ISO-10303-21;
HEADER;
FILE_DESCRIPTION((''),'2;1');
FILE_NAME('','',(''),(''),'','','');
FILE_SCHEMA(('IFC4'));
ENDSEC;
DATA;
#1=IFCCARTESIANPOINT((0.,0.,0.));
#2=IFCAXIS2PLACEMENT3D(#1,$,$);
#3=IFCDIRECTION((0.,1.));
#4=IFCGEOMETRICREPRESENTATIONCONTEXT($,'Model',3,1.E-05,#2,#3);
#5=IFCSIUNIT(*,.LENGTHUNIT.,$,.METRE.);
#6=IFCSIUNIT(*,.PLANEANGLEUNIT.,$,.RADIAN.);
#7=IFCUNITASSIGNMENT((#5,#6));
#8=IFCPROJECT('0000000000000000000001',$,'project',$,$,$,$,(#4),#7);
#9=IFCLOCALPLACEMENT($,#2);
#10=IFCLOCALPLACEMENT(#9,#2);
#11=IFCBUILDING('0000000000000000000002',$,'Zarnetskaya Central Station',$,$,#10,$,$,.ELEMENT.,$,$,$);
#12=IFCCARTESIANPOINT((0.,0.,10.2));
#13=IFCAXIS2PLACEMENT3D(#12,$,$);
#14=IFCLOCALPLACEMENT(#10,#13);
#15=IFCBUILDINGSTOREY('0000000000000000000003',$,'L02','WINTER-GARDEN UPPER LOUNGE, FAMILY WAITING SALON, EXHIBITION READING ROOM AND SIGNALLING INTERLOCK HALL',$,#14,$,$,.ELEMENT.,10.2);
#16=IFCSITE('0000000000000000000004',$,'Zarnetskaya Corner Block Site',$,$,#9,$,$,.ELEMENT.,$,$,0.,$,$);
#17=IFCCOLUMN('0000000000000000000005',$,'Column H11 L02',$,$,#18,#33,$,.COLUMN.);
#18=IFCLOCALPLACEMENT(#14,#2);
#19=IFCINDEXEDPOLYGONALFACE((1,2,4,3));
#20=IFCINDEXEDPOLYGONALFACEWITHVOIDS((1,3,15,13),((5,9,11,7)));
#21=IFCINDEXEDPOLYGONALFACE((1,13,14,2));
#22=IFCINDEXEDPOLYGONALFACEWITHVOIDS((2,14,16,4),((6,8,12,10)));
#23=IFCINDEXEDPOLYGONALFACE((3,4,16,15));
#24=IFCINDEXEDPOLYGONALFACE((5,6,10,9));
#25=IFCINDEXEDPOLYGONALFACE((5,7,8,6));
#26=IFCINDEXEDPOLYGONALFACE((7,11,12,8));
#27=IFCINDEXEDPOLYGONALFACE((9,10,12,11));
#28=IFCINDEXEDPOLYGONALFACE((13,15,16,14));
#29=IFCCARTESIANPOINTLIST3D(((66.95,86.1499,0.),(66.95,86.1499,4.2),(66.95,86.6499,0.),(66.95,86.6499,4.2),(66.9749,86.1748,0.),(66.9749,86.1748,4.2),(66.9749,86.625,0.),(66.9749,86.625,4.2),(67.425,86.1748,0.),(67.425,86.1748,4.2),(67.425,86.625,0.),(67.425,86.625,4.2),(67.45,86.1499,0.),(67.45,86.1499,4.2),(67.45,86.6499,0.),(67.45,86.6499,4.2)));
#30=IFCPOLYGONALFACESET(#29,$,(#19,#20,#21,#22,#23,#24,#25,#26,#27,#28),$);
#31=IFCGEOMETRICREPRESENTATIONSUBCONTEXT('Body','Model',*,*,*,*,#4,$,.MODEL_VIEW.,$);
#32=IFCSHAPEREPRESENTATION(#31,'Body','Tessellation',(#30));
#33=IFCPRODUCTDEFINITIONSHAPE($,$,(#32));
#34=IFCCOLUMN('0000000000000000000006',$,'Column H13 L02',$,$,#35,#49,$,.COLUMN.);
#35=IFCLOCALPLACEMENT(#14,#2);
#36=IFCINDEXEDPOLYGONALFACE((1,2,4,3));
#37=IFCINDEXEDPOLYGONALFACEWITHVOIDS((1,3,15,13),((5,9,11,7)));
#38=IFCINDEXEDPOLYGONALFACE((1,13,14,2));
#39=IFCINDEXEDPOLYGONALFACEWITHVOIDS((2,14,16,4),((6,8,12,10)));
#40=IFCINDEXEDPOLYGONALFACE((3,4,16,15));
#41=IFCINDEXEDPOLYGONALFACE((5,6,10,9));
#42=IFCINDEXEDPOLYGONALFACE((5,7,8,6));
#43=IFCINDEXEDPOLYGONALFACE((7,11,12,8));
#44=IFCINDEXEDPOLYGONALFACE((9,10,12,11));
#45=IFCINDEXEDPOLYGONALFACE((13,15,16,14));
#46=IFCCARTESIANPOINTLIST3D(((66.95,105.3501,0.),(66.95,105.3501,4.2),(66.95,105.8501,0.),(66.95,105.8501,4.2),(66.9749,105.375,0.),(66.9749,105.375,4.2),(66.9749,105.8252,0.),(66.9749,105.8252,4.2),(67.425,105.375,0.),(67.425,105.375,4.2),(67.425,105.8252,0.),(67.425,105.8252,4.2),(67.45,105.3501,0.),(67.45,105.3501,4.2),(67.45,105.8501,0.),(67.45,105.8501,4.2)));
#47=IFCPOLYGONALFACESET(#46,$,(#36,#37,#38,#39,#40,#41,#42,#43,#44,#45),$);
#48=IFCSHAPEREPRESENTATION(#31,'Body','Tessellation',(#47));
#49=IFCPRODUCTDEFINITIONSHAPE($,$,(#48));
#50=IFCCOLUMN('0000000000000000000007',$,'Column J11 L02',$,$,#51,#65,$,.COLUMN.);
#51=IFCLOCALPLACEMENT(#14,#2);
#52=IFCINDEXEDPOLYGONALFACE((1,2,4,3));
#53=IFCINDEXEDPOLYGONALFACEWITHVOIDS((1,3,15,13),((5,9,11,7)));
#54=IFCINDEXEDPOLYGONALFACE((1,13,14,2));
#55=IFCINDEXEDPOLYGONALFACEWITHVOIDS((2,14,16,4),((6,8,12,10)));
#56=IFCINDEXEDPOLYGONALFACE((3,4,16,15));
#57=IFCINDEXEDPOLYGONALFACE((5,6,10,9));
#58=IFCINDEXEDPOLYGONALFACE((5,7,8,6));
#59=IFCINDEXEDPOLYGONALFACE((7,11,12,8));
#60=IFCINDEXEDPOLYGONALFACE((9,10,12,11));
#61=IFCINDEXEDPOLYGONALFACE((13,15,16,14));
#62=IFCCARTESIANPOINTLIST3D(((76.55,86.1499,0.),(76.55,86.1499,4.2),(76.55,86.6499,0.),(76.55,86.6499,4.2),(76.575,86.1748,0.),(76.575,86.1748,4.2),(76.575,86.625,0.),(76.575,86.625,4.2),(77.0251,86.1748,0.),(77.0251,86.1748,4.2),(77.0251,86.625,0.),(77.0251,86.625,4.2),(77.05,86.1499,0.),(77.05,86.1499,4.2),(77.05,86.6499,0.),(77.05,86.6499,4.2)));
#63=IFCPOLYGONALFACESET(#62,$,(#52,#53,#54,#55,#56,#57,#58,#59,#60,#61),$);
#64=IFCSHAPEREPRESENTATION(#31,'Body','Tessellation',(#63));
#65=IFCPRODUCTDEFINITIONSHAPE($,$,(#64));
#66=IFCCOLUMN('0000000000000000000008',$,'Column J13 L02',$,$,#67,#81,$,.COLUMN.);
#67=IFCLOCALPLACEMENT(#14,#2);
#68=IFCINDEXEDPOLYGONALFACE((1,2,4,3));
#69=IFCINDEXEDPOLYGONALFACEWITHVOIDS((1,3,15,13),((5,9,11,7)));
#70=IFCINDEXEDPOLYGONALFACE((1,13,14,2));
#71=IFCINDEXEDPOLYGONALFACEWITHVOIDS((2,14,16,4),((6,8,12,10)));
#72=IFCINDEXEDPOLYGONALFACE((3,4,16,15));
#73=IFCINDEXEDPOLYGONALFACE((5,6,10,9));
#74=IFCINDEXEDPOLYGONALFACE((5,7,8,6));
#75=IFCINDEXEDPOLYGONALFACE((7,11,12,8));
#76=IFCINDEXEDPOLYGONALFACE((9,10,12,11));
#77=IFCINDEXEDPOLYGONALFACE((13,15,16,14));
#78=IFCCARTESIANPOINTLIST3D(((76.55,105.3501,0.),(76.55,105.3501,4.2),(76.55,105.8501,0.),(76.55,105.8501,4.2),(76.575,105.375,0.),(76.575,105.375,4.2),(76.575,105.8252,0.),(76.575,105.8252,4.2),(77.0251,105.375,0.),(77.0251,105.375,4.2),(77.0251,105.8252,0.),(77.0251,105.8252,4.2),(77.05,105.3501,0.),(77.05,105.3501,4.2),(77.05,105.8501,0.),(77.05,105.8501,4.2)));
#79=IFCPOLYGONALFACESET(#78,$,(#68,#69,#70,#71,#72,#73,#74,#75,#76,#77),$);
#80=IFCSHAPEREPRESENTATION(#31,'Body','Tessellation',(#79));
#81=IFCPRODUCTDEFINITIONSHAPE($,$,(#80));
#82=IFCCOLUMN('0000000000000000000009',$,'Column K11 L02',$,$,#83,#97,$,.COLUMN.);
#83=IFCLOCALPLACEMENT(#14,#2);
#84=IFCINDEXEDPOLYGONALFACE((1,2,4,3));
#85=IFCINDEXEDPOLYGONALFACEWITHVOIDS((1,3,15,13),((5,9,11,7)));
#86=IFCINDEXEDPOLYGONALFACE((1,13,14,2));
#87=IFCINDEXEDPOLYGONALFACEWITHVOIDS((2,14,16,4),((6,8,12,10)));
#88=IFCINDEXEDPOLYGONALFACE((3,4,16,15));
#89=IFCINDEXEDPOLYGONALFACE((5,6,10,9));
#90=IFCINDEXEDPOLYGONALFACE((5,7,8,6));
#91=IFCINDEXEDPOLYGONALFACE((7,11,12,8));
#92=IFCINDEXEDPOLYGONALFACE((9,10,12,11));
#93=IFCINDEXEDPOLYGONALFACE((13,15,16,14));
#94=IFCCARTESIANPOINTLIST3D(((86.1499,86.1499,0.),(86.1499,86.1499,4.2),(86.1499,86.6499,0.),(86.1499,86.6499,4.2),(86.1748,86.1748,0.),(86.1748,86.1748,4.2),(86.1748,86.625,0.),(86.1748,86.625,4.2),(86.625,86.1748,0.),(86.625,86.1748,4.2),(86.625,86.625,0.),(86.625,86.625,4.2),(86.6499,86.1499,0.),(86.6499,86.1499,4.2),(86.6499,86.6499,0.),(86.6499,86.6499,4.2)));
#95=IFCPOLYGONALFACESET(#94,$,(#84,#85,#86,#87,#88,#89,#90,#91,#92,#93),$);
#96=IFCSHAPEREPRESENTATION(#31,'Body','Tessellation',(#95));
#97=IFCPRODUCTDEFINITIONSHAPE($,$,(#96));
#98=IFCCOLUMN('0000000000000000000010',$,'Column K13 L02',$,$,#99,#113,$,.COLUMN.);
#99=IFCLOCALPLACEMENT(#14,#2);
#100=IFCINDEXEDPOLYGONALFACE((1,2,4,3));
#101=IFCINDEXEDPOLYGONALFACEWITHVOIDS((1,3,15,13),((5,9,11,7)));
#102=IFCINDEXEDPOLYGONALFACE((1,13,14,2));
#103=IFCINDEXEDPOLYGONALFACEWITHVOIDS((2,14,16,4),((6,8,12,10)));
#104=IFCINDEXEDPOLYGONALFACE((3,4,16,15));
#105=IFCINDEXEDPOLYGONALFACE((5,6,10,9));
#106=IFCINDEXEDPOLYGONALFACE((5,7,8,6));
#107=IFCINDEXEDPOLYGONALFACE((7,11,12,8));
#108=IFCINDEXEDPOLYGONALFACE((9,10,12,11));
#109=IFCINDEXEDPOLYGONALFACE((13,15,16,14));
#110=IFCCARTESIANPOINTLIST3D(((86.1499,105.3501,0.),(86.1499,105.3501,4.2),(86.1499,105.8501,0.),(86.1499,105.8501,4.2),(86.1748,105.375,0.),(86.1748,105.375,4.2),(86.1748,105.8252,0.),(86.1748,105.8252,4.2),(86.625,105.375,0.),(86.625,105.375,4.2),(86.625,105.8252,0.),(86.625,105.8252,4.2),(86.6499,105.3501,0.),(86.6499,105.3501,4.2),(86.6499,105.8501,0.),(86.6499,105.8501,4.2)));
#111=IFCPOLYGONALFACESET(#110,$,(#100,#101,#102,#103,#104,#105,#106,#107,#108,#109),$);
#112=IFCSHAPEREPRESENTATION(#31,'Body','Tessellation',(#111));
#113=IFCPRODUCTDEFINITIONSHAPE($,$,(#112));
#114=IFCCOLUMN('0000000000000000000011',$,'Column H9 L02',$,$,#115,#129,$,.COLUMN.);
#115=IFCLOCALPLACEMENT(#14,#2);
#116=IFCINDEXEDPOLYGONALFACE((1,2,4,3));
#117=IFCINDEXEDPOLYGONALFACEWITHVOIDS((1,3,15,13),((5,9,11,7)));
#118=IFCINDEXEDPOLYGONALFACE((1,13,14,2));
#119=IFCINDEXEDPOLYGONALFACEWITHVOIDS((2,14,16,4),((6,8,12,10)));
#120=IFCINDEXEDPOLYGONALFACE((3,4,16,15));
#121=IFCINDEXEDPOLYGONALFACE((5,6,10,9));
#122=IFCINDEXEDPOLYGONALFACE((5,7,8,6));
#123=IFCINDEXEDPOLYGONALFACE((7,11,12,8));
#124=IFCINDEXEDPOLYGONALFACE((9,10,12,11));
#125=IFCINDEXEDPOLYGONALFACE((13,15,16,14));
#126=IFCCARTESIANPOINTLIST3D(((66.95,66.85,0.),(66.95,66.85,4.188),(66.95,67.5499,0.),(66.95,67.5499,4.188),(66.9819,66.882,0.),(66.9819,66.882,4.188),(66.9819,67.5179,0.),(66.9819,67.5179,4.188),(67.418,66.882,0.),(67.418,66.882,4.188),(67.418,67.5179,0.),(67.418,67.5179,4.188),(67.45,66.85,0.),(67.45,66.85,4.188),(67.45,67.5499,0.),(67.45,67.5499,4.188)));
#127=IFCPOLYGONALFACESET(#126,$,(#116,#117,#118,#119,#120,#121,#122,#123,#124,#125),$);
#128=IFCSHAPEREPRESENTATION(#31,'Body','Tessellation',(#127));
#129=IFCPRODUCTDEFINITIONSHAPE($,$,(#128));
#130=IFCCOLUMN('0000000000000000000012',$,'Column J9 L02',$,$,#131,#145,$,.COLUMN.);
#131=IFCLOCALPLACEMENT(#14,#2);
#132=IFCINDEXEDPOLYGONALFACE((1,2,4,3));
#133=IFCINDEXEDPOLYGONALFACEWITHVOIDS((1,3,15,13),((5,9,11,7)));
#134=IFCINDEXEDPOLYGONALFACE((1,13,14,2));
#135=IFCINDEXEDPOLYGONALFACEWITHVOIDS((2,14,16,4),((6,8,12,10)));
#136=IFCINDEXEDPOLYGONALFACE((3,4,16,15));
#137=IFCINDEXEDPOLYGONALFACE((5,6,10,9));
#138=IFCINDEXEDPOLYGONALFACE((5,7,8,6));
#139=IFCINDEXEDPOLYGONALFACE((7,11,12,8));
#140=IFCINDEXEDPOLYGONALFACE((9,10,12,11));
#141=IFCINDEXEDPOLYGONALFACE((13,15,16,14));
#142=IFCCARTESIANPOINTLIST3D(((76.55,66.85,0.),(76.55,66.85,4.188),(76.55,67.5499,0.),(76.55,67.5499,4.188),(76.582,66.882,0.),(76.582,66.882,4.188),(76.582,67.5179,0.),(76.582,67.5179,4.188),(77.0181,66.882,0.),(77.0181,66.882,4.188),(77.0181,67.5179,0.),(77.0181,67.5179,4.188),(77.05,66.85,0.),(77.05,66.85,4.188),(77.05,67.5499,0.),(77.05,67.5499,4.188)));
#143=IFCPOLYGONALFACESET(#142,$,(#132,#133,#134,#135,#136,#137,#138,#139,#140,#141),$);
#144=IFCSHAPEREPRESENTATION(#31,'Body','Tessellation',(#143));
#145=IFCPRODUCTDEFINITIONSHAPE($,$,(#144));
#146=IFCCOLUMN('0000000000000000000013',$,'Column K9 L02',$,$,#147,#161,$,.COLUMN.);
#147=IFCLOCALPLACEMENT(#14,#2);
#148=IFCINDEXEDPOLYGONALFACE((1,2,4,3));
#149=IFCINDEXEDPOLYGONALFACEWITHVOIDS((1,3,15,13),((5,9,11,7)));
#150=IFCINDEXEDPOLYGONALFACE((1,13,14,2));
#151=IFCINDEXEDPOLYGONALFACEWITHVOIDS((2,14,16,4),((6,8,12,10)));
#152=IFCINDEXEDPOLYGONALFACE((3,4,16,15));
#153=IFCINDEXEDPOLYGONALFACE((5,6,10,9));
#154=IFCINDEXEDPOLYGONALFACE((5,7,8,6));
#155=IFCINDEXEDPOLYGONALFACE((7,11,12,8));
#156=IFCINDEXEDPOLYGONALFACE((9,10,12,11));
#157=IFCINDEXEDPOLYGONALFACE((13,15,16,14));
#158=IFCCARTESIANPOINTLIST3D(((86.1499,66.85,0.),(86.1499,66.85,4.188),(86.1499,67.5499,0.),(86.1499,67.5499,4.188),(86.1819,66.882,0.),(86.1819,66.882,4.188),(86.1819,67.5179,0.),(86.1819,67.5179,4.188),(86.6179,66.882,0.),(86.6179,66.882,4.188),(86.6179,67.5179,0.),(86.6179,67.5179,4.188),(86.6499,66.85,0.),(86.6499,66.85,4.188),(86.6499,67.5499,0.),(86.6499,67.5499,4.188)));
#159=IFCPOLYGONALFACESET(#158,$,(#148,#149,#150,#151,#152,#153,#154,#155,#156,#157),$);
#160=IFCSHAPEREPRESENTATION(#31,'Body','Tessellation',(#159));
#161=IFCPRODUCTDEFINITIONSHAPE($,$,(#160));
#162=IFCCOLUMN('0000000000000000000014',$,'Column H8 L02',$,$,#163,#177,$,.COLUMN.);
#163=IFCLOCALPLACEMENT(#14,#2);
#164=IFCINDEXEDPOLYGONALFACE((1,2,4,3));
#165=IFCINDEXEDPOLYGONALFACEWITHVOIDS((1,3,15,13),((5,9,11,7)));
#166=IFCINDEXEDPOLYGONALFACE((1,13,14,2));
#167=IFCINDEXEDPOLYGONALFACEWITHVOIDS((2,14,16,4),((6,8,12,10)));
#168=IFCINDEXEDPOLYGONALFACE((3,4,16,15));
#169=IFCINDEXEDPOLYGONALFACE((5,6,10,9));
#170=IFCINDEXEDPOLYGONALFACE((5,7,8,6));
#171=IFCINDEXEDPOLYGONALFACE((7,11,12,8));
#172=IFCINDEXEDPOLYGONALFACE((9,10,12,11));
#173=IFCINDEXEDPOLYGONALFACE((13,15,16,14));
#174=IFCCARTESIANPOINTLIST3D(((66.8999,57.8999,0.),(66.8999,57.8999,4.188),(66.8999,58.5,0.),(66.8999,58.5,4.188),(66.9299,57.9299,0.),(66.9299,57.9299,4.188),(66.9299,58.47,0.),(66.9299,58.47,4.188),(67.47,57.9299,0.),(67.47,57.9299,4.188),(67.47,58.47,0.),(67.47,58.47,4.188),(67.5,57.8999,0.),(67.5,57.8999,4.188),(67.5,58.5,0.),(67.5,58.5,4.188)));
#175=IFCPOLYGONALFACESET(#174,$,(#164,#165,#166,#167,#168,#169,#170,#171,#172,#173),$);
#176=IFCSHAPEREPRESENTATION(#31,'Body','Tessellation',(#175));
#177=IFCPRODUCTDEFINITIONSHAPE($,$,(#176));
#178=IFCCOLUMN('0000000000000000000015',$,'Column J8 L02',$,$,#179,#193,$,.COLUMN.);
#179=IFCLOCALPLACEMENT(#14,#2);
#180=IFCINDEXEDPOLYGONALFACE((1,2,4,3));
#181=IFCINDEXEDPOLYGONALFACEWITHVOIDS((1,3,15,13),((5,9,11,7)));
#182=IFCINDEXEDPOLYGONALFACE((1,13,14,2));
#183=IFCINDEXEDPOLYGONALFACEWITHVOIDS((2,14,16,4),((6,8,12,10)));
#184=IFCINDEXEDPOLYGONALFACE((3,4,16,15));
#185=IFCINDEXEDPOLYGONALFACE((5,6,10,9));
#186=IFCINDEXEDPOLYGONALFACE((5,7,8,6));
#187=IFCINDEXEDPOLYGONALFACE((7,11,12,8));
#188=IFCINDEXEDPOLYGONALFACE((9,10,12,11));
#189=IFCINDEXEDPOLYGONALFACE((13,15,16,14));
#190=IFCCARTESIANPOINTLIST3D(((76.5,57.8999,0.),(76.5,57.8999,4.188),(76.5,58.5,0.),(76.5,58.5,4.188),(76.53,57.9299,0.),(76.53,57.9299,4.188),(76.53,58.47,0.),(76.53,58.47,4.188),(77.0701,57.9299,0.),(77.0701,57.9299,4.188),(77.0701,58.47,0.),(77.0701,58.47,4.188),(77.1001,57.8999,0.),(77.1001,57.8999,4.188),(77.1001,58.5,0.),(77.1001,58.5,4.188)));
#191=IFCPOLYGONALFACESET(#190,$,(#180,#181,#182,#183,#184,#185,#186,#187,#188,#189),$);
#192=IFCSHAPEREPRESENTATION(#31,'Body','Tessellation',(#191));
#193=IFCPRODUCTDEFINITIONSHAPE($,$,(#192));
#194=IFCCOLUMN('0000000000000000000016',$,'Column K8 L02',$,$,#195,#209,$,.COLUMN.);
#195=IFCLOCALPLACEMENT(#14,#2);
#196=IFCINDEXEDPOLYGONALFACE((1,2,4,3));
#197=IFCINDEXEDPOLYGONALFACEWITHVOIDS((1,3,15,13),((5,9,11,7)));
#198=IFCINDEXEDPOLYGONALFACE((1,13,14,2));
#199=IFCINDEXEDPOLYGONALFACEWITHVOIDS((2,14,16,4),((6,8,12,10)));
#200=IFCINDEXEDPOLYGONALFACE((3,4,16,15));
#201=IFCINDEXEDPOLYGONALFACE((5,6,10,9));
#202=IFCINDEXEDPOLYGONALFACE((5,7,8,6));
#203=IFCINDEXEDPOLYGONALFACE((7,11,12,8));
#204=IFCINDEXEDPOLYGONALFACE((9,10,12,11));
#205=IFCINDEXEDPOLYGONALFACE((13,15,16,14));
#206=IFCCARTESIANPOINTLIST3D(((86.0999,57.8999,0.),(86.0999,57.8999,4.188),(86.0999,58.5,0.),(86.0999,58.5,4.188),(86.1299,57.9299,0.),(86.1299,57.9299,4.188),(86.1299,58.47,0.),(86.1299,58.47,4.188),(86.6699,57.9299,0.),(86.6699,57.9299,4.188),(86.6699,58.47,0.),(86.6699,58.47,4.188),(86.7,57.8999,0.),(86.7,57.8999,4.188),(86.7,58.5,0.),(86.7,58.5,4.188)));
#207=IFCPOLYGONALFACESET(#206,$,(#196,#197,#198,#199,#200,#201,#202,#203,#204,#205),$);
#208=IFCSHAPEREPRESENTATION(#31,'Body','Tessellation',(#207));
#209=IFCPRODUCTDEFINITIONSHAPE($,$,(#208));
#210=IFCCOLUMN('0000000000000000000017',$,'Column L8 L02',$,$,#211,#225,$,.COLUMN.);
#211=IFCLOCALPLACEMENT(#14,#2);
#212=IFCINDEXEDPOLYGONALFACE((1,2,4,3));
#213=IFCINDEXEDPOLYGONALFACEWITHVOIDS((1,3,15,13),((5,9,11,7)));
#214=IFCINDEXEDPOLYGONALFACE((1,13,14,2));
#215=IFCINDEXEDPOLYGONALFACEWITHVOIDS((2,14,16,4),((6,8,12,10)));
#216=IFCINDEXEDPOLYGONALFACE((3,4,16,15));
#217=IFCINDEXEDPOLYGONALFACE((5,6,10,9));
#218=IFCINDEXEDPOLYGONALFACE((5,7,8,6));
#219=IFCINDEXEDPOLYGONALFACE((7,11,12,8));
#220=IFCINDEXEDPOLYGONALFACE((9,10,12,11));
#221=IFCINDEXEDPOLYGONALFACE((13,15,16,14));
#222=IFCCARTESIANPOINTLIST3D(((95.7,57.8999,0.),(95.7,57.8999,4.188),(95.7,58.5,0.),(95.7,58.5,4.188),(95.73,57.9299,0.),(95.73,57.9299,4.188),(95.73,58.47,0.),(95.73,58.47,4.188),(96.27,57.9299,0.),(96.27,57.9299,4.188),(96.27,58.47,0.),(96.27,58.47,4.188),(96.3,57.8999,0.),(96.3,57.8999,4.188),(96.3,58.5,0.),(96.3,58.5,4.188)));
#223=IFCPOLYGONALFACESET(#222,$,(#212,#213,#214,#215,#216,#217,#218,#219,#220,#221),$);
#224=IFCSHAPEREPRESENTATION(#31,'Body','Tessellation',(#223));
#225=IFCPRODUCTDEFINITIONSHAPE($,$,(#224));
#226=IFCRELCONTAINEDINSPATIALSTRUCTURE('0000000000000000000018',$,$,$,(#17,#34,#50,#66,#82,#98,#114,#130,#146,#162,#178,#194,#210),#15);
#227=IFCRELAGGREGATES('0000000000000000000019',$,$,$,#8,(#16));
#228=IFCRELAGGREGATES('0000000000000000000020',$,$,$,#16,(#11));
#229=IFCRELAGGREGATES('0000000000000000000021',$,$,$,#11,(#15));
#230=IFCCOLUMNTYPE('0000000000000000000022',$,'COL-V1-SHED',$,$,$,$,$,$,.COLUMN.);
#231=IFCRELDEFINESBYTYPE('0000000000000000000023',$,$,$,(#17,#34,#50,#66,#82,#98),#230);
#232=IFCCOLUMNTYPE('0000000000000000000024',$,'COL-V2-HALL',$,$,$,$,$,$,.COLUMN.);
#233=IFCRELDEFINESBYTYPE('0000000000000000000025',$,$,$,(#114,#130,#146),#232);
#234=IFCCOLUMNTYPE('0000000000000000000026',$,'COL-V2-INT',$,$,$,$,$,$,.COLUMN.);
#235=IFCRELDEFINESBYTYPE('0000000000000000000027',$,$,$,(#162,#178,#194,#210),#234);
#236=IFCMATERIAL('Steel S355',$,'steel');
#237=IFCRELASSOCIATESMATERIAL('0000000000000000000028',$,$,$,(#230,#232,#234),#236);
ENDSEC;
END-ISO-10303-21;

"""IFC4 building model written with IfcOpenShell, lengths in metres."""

from ifc_helpers import new_model, si_unit, direction, frame, origin, origin_2d, place, context, subcontext, project, spatial, hollow_rectangle, extrude, material, material_profile, profile_set, type_object, element, save


model = new_model("IFC4")

# Units and contexts
model_context = context("Model", 3, precision=1e-05, world=origin(), true_north=direction((0.0, 1.0)))
body_context = subcontext(model_context, "Body", "Model", "MODEL_VIEW")
ifc_project = project(units=[si_unit("LENGTHUNIT", "METRE"), si_unit("PLANEANGLEUNIT", "RADIAN")], contexts=[model_context])

# Site, building, storey
site_placement = place(None, origin())
site = spatial("IfcSite", under=ifc_project, at=site_placement, Name="Zarnetskaya Corner Block Site", CompositionType="ELEMENT", RefElevation=0.0)
building_placement = place(site_placement, origin())
building = spatial("IfcBuilding", under=site, at=building_placement, Name="Zarnetskaya Central Station", CompositionType="ELEMENT")
storey_placement = place(building_placement, frame((0.0, 0.0, 10.2)))
storey = spatial("IfcBuildingStorey", under=building, at=storey_placement, Name="L02", Description="WINTER-GARDEN UPPER LOUNGE, FAMILY WAITING SALON, EXHIBITION READING ROOM AND SIGNALLING INTERLOCK HALL", CompositionType="ELEMENT", Elevation=10.2)

# Columns
ifc_material_1 = material(Name="Steel S355", Category="steel")
ifc_material_profile_1 = material_profile(ifc_material_1, hollow_rectangle(XDim=0.5, YDim=0.5, WallThickness=0.0249, at=origin_2d()), Name="BOX 500x500x25")
ifc_profile_set_1 = profile_set([ifc_material_profile_1], Name="Steel S355")
column_type_1 = type_object("IfcColumnType", Name="COL-V1-SHED", PredefinedType="COLUMN", material=ifc_profile_set_1)
for number, where, z_axis, x_axis, name in (
    (1, (67.2, 86.3999, 0.0), (0.0, 0.0, 1.0), (1.0, 0.0, 0.0), "Column H11 L02"),
    (2, (67.2, 105.6001, 0.0), (0.0, 0.0, 1.0), (1.0, 0.0, 0.0), "Column H13 L02"),
    (3, (76.8, 86.3999, 0.0), (0.0, 0.0, 1.0), (1.0, 0.0, 0.0), "Column J11 L02"),
    (4, (76.8, 105.6001, 0.0), (0.0, 0.0, 1.0), (1.0, 0.0, 0.0), "Column J13 L02"),
    (5, (86.3999, 86.3999, 0.0), (0.0, 0.0, 1.0), (1.0, 0.0, 0.0), "Column K11 L02"),
    (6, (86.3999, 105.6001, 0.0), (0.0, 0.0, 1.0), (1.0, 0.0, 0.0), "Column K13 L02"),
):
    element("IfcColumn", number, at=place(storey_placement, frame(where, z_axis=z_axis, x_axis=x_axis)), inside=storey, type_object=column_type_1, Name=name, PredefinedType="COLUMN", context=body_context, shape_type="SweptSolid", body=[
        extrude(hollow_rectangle(XDim=0.5, YDim=0.5, WallThickness=0.0249, at=origin_2d()), origin(), (0.0, 0.0, 1.0), 4.2),
    ])
ifc_material_profile_2 = material_profile(ifc_material_1, hollow_rectangle(XDim=0.5, YDim=0.7, WallThickness=0.032, at=origin_2d()), Name="BOX 700x500x32")
ifc_profile_set_2 = profile_set([ifc_material_profile_2], Name="Steel S355")
column_type_2 = type_object("IfcColumnType", Name="COL-V2-HALL", PredefinedType="COLUMN", material=ifc_profile_set_2)
for number, where, z_axis, x_axis, name in (
    (7, (67.2, 67.2, 0.0), (0.0, 0.0, 1.0), (1.0, 0.0, 0.0), "Column H9 L02"),
    (8, (76.8, 67.2, 0.0), (0.0, 0.0, 1.0), (1.0, 0.0, 0.0), "Column J9 L02"),
    (9, (86.3999, 67.2, 0.0), (0.0, 0.0, 1.0), (1.0, 0.0, 0.0), "Column K9 L02"),
):
    element("IfcColumn", number, at=place(storey_placement, frame(where, z_axis=z_axis, x_axis=x_axis)), inside=storey, type_object=column_type_2, Name=name, PredefinedType="COLUMN", context=body_context, shape_type="SweptSolid", body=[
        extrude(hollow_rectangle(XDim=0.5, YDim=0.7, WallThickness=0.032, at=origin_2d()), origin(), (0.0, 0.0, 1.0), 4.188),
    ])
ifc_material_profile_3 = material_profile(ifc_material_1, hollow_rectangle(XDim=0.6001, YDim=0.6001, WallThickness=0.03, at=origin_2d()), Name="BOX 600x600x30")
ifc_profile_set_3 = profile_set([ifc_material_profile_3], Name="Steel S355")
column_type_3 = type_object("IfcColumnType", Name="COL-V2-INT", PredefinedType="COLUMN", material=ifc_profile_set_3)
for number, where, z_axis, x_axis, name in (
    (10, (67.2, 58.2, 0.0), (0.0, 0.0, 1.0), (1.0, 0.0, 0.0), "Column H8 L02"),
    (11, (76.8, 58.2, 0.0), (0.0, 0.0, 1.0), (1.0, 0.0, 0.0), "Column J8 L02"),
    (12, (86.3999, 58.2, 0.0), (0.0, 0.0, 1.0), (1.0, 0.0, 0.0), "Column K8 L02"),
    (13, (96.0, 58.2, 0.0), (0.0, 0.0, 1.0), (1.0, 0.0, 0.0), "Column L8 L02"),
):
    element("IfcColumn", number, at=place(storey_placement, frame(where, z_axis=z_axis, x_axis=x_axis)), inside=storey, type_object=column_type_3, Name=name, PredefinedType="COLUMN", context=body_context, shape_type="SweptSolid", body=[
        extrude(hollow_rectangle(XDim=0.6001, YDim=0.6001, WallThickness=0.03, at=origin_2d()), origin(), (0.0, 0.0, 1.0), 4.188),
    ])

save(model, "model.ifc")
